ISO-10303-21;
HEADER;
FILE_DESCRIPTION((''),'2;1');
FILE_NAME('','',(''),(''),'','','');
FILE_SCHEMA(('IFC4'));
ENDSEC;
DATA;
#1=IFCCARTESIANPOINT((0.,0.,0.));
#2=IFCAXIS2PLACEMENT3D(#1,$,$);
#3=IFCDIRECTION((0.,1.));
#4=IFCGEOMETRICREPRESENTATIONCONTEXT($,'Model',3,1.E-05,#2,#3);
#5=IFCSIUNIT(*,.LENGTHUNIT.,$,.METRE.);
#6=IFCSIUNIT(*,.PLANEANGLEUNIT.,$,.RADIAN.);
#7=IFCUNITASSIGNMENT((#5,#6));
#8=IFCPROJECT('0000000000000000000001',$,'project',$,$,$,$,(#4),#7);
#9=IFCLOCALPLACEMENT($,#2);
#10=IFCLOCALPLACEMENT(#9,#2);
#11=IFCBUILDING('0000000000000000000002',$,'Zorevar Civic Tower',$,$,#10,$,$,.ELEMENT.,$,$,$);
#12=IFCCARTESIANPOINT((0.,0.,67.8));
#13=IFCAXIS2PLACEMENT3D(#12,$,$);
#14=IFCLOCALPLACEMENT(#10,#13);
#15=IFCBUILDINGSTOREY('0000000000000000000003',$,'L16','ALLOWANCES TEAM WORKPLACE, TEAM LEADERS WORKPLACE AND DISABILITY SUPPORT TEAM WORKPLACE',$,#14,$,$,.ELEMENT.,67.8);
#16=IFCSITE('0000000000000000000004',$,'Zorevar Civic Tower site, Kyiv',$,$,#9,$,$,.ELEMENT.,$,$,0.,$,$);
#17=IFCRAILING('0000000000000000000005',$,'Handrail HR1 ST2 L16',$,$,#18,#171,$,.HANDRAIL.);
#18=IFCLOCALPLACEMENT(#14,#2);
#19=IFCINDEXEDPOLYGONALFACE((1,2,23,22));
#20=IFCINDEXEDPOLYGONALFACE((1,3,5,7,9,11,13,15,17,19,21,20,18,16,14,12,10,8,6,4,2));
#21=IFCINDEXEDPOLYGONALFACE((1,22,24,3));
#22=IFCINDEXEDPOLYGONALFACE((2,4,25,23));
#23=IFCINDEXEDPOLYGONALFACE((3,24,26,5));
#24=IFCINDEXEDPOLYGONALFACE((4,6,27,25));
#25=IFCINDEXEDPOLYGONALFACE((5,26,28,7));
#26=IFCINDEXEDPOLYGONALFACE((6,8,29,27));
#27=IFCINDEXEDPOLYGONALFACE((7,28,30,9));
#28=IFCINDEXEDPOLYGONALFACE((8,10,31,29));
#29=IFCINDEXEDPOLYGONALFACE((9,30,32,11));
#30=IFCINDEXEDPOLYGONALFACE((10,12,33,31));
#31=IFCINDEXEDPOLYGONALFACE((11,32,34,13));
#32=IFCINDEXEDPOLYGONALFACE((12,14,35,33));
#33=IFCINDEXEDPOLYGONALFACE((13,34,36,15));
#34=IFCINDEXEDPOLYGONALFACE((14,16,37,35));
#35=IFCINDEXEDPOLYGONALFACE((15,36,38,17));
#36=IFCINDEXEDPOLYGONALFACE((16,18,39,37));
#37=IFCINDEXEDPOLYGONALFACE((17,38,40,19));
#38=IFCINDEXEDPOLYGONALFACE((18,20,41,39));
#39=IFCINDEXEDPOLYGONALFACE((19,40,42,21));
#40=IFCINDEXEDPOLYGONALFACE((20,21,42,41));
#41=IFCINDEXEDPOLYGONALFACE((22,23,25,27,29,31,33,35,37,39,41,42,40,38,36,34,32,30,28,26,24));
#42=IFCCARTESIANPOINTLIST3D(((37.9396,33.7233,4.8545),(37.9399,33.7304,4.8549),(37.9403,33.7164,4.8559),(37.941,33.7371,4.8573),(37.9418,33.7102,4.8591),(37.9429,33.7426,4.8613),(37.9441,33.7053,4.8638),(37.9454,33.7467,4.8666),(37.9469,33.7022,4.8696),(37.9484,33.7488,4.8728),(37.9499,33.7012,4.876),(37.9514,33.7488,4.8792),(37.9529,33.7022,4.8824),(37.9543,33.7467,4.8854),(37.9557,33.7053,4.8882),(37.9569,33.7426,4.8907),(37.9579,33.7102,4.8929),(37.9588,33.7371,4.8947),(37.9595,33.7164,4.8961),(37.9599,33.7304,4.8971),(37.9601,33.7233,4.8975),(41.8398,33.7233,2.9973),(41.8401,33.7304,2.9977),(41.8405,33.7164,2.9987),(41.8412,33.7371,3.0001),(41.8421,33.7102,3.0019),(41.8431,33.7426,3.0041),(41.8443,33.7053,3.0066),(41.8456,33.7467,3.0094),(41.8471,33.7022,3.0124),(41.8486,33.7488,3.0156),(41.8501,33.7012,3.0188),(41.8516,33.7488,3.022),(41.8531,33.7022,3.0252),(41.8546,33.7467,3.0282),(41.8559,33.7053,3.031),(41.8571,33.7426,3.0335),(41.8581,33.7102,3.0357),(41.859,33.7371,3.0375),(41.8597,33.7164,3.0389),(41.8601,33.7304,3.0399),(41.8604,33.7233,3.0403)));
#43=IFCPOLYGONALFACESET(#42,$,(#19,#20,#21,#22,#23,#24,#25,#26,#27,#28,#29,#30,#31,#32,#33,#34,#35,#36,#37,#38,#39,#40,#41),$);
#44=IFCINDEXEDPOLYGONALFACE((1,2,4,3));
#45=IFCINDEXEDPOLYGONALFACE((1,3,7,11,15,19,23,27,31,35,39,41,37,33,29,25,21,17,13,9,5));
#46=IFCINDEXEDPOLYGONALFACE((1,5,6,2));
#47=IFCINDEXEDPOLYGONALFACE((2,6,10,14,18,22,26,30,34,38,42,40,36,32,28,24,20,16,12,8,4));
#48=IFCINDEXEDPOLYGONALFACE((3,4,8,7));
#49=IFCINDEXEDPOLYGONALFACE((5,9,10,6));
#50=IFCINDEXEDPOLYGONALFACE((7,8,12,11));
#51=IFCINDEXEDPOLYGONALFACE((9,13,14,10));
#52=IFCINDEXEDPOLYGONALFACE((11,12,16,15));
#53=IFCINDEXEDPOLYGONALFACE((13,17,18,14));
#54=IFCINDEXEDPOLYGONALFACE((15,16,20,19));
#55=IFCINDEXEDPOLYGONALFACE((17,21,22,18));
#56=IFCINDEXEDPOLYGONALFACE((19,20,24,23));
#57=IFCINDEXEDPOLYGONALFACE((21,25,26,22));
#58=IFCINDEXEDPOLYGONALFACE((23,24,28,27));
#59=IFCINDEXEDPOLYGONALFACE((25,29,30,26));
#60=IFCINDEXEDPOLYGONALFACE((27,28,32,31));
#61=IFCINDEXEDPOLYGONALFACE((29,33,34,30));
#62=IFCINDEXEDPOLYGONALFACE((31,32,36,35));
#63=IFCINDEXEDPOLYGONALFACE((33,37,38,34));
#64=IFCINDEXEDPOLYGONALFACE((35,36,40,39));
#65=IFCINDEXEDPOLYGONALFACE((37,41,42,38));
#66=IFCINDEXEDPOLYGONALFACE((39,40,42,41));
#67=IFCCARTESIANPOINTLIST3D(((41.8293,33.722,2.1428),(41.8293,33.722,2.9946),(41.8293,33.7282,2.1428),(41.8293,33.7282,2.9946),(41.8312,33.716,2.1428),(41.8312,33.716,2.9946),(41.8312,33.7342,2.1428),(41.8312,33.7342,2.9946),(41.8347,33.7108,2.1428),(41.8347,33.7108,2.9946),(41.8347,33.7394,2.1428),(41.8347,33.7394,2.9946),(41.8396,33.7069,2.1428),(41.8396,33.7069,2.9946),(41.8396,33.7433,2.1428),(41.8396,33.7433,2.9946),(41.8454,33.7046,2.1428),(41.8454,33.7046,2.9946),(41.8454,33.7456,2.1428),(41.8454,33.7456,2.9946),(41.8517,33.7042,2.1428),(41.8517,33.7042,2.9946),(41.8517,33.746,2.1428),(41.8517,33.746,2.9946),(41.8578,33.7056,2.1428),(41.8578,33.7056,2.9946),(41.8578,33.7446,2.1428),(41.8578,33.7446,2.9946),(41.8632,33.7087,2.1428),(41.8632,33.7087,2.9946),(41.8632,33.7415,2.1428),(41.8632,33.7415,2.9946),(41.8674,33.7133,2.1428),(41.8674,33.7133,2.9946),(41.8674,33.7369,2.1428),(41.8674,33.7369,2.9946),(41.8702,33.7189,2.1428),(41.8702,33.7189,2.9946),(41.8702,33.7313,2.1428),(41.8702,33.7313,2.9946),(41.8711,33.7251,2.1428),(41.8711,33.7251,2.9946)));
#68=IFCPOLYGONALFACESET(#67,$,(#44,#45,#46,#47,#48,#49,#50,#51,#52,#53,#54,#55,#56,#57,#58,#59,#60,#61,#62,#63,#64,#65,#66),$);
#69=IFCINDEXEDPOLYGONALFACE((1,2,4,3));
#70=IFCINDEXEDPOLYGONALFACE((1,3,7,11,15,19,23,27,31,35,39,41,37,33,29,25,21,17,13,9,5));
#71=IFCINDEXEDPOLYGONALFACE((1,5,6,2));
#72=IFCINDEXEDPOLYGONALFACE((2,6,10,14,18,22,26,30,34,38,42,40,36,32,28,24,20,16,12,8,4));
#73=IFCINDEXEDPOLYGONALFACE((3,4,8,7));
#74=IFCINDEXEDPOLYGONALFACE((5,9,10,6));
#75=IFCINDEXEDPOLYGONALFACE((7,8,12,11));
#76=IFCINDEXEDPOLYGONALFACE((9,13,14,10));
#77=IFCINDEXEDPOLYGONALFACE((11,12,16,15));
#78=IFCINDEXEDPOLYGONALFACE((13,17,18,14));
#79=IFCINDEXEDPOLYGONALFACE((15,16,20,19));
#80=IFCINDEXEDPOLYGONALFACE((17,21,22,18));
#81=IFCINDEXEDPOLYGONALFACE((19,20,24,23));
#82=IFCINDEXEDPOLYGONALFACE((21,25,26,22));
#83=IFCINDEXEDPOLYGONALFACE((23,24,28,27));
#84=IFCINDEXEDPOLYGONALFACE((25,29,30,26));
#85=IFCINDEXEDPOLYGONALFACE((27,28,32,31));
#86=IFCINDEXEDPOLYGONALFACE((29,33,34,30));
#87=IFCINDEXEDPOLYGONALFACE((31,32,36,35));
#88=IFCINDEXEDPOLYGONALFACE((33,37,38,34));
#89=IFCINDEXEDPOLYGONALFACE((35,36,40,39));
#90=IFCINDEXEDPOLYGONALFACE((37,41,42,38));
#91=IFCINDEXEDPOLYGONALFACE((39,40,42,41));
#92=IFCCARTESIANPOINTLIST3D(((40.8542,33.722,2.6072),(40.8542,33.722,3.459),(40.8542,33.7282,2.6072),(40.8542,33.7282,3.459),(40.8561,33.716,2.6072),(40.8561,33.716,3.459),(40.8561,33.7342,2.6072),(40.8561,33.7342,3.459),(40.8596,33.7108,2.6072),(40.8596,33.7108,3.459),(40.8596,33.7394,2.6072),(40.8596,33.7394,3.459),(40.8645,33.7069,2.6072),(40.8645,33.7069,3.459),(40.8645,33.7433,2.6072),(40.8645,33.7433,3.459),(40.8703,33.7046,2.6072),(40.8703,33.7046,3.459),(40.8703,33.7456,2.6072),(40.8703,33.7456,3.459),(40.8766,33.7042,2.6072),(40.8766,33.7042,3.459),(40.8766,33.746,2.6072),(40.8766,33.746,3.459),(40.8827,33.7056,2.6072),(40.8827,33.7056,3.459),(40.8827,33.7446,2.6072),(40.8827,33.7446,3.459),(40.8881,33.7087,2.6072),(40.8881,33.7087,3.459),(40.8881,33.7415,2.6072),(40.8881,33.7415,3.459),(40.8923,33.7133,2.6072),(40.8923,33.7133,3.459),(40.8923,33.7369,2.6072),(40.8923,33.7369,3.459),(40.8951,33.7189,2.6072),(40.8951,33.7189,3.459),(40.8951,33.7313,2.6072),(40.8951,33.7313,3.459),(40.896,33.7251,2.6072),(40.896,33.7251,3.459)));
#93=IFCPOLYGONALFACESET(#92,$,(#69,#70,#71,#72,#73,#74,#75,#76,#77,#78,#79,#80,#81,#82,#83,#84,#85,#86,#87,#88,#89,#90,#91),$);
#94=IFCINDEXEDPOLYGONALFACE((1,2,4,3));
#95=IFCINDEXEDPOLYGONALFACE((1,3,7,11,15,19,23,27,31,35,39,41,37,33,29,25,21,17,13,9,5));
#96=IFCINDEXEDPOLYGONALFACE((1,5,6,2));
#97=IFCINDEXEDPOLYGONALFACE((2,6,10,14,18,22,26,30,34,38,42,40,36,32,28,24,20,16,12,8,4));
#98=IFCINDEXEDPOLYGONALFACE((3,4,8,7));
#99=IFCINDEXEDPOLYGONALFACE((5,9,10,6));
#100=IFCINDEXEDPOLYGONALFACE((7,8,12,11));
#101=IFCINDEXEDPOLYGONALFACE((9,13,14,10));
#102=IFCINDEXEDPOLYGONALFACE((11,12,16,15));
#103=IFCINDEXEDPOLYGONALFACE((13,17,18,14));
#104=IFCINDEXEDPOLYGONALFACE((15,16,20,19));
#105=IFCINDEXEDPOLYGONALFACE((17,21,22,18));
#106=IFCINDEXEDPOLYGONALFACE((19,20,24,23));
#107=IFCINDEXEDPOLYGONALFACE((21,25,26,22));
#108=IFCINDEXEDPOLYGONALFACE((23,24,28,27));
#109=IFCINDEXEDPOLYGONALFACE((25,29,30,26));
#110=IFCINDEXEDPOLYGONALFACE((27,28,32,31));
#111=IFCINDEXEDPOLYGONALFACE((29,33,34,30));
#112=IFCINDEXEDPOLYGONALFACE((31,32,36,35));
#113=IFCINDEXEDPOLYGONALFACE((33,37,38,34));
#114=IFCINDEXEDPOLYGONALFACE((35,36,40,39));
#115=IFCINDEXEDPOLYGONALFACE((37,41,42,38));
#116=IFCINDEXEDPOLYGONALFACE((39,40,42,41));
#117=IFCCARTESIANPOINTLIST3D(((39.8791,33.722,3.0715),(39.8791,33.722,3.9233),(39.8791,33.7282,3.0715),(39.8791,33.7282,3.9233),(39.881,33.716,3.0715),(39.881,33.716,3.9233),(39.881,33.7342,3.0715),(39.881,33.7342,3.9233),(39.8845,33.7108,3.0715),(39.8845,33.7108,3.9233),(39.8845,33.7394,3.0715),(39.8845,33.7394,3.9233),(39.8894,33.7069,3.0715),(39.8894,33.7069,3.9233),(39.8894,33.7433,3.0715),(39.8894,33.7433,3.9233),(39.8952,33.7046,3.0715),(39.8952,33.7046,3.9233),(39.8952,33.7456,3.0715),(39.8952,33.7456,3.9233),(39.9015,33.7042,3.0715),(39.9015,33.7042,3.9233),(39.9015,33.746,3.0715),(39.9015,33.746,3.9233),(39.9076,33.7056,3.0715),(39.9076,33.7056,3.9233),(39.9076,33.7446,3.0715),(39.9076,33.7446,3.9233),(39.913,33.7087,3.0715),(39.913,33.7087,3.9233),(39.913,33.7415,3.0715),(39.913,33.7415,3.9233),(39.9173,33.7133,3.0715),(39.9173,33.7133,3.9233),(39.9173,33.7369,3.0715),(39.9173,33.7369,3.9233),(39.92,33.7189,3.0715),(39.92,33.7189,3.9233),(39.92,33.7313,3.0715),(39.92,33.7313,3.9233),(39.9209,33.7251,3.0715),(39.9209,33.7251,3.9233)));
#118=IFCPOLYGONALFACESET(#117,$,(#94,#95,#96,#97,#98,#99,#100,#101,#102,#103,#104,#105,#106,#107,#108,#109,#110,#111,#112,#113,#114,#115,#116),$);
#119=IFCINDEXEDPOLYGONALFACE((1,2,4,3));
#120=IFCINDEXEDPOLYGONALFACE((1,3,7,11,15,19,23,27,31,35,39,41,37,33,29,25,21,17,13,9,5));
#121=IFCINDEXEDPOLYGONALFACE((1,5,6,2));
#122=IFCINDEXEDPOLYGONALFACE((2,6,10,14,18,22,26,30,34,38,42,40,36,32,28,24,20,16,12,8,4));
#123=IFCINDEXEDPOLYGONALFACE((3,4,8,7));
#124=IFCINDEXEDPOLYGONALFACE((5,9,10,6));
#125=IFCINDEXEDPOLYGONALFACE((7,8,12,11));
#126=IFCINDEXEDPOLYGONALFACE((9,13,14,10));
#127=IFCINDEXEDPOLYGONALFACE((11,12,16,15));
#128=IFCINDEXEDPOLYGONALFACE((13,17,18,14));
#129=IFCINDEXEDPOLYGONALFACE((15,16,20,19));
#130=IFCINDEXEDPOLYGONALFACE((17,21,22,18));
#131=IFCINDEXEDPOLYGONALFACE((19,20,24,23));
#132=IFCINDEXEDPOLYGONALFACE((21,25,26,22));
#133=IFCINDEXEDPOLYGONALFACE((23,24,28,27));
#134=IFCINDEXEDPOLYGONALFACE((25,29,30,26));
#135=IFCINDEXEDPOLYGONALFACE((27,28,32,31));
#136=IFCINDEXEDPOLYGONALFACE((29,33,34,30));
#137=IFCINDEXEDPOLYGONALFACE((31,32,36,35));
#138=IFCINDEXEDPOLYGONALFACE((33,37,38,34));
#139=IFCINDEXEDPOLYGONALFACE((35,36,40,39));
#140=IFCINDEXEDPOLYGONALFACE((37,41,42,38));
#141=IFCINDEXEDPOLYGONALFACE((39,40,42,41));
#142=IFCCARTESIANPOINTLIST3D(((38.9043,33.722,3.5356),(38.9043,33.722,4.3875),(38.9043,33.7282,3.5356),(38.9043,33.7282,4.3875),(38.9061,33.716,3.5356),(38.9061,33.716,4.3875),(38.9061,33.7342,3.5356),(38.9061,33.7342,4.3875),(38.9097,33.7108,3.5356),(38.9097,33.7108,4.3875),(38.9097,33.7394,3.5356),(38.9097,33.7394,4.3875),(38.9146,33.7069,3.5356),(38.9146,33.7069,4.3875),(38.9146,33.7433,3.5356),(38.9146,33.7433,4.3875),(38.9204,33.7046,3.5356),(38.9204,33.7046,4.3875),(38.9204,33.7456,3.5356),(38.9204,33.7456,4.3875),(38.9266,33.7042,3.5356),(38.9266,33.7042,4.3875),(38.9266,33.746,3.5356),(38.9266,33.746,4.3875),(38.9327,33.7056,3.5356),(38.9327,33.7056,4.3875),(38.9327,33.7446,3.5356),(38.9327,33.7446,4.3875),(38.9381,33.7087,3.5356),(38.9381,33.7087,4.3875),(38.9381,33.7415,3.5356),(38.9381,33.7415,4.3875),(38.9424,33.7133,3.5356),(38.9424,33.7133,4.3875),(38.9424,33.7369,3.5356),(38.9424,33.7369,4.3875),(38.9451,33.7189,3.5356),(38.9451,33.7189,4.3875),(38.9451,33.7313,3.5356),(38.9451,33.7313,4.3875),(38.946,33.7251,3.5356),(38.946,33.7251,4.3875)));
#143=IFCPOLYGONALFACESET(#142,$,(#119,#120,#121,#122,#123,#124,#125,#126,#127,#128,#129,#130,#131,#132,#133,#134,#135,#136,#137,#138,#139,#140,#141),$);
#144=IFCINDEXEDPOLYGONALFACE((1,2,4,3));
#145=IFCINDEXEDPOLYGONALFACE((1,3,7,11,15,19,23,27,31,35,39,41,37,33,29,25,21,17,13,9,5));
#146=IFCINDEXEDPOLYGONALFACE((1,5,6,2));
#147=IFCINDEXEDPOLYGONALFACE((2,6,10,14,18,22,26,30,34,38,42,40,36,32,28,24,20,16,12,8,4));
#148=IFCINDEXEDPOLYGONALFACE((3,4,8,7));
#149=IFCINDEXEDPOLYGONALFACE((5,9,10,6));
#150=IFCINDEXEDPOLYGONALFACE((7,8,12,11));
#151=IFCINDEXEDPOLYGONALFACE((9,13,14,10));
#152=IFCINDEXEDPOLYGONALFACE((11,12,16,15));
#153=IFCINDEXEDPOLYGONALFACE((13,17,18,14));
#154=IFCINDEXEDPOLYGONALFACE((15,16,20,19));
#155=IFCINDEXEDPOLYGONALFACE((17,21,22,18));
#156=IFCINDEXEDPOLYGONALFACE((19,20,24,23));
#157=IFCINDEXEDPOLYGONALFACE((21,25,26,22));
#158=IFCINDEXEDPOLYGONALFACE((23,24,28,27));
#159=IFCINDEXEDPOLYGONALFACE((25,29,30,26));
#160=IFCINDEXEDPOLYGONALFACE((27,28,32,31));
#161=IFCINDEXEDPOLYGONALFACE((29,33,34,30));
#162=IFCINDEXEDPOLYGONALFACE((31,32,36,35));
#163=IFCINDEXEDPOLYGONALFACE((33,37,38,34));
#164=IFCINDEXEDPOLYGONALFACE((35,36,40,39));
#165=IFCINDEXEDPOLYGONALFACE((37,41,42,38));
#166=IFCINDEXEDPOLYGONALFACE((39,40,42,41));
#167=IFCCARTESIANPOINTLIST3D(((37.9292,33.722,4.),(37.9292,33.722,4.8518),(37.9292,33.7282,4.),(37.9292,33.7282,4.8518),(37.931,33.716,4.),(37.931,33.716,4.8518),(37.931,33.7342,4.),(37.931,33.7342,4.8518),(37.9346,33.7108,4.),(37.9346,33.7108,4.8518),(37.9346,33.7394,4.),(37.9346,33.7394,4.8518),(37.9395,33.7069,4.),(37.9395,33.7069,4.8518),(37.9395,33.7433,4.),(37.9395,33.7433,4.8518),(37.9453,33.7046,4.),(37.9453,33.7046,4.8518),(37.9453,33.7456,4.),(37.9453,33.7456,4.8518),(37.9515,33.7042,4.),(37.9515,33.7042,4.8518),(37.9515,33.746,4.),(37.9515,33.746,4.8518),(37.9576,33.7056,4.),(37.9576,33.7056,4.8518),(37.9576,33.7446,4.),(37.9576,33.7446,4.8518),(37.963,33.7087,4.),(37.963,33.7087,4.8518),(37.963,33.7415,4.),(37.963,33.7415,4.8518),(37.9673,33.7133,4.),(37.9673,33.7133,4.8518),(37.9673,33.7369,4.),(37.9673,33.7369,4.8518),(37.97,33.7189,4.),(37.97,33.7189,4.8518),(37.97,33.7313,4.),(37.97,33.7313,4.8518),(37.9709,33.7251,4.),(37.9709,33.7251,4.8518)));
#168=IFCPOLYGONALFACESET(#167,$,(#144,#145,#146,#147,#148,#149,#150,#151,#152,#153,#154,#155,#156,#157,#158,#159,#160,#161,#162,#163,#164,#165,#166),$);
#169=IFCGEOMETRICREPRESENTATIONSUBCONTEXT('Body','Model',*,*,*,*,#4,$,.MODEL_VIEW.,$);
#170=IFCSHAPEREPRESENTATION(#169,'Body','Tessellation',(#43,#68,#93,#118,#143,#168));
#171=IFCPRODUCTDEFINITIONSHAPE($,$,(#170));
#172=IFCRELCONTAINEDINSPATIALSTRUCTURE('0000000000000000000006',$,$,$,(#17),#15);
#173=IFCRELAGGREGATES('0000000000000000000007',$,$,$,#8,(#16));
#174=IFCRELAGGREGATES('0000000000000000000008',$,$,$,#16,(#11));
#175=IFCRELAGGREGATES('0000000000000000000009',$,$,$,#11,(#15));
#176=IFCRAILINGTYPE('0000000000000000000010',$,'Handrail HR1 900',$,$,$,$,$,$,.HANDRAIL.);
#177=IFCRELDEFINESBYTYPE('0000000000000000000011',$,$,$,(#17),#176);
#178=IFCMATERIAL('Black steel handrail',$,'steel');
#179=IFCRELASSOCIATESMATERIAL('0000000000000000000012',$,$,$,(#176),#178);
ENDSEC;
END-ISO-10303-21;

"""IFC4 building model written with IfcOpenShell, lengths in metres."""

from ifc_helpers import new_model, si_unit, direction, frame, origin, origin_2d, place, context, subcontext, project, spatial, circle, extrude, material, type_object, element, save


model = new_model("IFC4")

# Units and contexts
model_context = context("Model", 3, precision=1e-05, world=origin(), true_north=direction((0.0, 1.0)))
body_context = subcontext(model_context, "Body", "Model", "MODEL_VIEW")
ifc_project = project(units=[si_unit("LENGTHUNIT", "METRE"), si_unit("PLANEANGLEUNIT", "RADIAN")], contexts=[model_context])

# Site, building, storey
site_placement = place(None, origin())
site = spatial("IfcSite", under=ifc_project, at=site_placement, Name="Zorevar Civic Tower site, Kyiv", CompositionType="ELEMENT", RefElevation=0.0)
building_placement = place(site_placement, origin())
building = spatial("IfcBuilding", under=site, at=building_placement, Name="Zorevar Civic Tower", CompositionType="ELEMENT")
storey_placement = place(building_placement, frame((0.0, 0.0, 67.8)))
storey = spatial("IfcBuildingStorey", under=building, at=storey_placement, Name="L16", Description="ALLOWANCES TEAM WORKPLACE, TEAM LEADERS WORKPLACE AND DISABILITY SUPPORT TEAM WORKPLACE", CompositionType="ELEMENT", Elevation=67.8)

# Railing
ifc_material_1 = material(Name="Black steel handrail", Category="steel")
railing_type = type_object("IfcRailingType", Name="Handrail HR1 900", PredefinedType="HANDRAIL", material=ifc_material_1)
railing_1_placement = place(storey_placement, frame((41.8501, 33.7251, 2.1428)))
element("IfcRailing", 1, at=railing_1_placement, inside=storey, type_object=railing_type, Name="Handrail HR1 ST2 L16", PredefinedType="HANDRAIL", context=body_context, shape_type="SweptSolid", body=[
    extrude(circle(Radius=0.0239, at=origin_2d()), frame((0.0, 0.0, 0.876), z_axis=(-0.902864, 0.0, 0.429927), x_axis=(0.0, -1.0, 0.0)), (0.0, 0.0, 1.0), 4.3198),
    extrude(circle(Radius=0.021, at=origin_2d()), origin(), (0.0, 0.0, 1.0), 0.8518),
    extrude(circle(Radius=0.021, at=origin_2d()), frame((-0.9751, 0.0, 0.4644)), (0.0, 0.0, 1.0), 0.8518),
    extrude(circle(Radius=0.021, at=origin_2d()), frame((-1.9502, 0.0, 0.9287)), (0.0, 0.0, 1.0), 0.8518),
    extrude(circle(Radius=0.021, at=origin_2d()), frame((-2.925, 0.0, 1.3928)), (0.0, 0.0, 1.0), 0.8518),
    extrude(circle(Radius=0.021, at=origin_2d()), frame((-3.9001, 0.0, 1.8572)), (0.0, 0.0, 1.0), 0.8518),
])

save(model, "model.ifc")
